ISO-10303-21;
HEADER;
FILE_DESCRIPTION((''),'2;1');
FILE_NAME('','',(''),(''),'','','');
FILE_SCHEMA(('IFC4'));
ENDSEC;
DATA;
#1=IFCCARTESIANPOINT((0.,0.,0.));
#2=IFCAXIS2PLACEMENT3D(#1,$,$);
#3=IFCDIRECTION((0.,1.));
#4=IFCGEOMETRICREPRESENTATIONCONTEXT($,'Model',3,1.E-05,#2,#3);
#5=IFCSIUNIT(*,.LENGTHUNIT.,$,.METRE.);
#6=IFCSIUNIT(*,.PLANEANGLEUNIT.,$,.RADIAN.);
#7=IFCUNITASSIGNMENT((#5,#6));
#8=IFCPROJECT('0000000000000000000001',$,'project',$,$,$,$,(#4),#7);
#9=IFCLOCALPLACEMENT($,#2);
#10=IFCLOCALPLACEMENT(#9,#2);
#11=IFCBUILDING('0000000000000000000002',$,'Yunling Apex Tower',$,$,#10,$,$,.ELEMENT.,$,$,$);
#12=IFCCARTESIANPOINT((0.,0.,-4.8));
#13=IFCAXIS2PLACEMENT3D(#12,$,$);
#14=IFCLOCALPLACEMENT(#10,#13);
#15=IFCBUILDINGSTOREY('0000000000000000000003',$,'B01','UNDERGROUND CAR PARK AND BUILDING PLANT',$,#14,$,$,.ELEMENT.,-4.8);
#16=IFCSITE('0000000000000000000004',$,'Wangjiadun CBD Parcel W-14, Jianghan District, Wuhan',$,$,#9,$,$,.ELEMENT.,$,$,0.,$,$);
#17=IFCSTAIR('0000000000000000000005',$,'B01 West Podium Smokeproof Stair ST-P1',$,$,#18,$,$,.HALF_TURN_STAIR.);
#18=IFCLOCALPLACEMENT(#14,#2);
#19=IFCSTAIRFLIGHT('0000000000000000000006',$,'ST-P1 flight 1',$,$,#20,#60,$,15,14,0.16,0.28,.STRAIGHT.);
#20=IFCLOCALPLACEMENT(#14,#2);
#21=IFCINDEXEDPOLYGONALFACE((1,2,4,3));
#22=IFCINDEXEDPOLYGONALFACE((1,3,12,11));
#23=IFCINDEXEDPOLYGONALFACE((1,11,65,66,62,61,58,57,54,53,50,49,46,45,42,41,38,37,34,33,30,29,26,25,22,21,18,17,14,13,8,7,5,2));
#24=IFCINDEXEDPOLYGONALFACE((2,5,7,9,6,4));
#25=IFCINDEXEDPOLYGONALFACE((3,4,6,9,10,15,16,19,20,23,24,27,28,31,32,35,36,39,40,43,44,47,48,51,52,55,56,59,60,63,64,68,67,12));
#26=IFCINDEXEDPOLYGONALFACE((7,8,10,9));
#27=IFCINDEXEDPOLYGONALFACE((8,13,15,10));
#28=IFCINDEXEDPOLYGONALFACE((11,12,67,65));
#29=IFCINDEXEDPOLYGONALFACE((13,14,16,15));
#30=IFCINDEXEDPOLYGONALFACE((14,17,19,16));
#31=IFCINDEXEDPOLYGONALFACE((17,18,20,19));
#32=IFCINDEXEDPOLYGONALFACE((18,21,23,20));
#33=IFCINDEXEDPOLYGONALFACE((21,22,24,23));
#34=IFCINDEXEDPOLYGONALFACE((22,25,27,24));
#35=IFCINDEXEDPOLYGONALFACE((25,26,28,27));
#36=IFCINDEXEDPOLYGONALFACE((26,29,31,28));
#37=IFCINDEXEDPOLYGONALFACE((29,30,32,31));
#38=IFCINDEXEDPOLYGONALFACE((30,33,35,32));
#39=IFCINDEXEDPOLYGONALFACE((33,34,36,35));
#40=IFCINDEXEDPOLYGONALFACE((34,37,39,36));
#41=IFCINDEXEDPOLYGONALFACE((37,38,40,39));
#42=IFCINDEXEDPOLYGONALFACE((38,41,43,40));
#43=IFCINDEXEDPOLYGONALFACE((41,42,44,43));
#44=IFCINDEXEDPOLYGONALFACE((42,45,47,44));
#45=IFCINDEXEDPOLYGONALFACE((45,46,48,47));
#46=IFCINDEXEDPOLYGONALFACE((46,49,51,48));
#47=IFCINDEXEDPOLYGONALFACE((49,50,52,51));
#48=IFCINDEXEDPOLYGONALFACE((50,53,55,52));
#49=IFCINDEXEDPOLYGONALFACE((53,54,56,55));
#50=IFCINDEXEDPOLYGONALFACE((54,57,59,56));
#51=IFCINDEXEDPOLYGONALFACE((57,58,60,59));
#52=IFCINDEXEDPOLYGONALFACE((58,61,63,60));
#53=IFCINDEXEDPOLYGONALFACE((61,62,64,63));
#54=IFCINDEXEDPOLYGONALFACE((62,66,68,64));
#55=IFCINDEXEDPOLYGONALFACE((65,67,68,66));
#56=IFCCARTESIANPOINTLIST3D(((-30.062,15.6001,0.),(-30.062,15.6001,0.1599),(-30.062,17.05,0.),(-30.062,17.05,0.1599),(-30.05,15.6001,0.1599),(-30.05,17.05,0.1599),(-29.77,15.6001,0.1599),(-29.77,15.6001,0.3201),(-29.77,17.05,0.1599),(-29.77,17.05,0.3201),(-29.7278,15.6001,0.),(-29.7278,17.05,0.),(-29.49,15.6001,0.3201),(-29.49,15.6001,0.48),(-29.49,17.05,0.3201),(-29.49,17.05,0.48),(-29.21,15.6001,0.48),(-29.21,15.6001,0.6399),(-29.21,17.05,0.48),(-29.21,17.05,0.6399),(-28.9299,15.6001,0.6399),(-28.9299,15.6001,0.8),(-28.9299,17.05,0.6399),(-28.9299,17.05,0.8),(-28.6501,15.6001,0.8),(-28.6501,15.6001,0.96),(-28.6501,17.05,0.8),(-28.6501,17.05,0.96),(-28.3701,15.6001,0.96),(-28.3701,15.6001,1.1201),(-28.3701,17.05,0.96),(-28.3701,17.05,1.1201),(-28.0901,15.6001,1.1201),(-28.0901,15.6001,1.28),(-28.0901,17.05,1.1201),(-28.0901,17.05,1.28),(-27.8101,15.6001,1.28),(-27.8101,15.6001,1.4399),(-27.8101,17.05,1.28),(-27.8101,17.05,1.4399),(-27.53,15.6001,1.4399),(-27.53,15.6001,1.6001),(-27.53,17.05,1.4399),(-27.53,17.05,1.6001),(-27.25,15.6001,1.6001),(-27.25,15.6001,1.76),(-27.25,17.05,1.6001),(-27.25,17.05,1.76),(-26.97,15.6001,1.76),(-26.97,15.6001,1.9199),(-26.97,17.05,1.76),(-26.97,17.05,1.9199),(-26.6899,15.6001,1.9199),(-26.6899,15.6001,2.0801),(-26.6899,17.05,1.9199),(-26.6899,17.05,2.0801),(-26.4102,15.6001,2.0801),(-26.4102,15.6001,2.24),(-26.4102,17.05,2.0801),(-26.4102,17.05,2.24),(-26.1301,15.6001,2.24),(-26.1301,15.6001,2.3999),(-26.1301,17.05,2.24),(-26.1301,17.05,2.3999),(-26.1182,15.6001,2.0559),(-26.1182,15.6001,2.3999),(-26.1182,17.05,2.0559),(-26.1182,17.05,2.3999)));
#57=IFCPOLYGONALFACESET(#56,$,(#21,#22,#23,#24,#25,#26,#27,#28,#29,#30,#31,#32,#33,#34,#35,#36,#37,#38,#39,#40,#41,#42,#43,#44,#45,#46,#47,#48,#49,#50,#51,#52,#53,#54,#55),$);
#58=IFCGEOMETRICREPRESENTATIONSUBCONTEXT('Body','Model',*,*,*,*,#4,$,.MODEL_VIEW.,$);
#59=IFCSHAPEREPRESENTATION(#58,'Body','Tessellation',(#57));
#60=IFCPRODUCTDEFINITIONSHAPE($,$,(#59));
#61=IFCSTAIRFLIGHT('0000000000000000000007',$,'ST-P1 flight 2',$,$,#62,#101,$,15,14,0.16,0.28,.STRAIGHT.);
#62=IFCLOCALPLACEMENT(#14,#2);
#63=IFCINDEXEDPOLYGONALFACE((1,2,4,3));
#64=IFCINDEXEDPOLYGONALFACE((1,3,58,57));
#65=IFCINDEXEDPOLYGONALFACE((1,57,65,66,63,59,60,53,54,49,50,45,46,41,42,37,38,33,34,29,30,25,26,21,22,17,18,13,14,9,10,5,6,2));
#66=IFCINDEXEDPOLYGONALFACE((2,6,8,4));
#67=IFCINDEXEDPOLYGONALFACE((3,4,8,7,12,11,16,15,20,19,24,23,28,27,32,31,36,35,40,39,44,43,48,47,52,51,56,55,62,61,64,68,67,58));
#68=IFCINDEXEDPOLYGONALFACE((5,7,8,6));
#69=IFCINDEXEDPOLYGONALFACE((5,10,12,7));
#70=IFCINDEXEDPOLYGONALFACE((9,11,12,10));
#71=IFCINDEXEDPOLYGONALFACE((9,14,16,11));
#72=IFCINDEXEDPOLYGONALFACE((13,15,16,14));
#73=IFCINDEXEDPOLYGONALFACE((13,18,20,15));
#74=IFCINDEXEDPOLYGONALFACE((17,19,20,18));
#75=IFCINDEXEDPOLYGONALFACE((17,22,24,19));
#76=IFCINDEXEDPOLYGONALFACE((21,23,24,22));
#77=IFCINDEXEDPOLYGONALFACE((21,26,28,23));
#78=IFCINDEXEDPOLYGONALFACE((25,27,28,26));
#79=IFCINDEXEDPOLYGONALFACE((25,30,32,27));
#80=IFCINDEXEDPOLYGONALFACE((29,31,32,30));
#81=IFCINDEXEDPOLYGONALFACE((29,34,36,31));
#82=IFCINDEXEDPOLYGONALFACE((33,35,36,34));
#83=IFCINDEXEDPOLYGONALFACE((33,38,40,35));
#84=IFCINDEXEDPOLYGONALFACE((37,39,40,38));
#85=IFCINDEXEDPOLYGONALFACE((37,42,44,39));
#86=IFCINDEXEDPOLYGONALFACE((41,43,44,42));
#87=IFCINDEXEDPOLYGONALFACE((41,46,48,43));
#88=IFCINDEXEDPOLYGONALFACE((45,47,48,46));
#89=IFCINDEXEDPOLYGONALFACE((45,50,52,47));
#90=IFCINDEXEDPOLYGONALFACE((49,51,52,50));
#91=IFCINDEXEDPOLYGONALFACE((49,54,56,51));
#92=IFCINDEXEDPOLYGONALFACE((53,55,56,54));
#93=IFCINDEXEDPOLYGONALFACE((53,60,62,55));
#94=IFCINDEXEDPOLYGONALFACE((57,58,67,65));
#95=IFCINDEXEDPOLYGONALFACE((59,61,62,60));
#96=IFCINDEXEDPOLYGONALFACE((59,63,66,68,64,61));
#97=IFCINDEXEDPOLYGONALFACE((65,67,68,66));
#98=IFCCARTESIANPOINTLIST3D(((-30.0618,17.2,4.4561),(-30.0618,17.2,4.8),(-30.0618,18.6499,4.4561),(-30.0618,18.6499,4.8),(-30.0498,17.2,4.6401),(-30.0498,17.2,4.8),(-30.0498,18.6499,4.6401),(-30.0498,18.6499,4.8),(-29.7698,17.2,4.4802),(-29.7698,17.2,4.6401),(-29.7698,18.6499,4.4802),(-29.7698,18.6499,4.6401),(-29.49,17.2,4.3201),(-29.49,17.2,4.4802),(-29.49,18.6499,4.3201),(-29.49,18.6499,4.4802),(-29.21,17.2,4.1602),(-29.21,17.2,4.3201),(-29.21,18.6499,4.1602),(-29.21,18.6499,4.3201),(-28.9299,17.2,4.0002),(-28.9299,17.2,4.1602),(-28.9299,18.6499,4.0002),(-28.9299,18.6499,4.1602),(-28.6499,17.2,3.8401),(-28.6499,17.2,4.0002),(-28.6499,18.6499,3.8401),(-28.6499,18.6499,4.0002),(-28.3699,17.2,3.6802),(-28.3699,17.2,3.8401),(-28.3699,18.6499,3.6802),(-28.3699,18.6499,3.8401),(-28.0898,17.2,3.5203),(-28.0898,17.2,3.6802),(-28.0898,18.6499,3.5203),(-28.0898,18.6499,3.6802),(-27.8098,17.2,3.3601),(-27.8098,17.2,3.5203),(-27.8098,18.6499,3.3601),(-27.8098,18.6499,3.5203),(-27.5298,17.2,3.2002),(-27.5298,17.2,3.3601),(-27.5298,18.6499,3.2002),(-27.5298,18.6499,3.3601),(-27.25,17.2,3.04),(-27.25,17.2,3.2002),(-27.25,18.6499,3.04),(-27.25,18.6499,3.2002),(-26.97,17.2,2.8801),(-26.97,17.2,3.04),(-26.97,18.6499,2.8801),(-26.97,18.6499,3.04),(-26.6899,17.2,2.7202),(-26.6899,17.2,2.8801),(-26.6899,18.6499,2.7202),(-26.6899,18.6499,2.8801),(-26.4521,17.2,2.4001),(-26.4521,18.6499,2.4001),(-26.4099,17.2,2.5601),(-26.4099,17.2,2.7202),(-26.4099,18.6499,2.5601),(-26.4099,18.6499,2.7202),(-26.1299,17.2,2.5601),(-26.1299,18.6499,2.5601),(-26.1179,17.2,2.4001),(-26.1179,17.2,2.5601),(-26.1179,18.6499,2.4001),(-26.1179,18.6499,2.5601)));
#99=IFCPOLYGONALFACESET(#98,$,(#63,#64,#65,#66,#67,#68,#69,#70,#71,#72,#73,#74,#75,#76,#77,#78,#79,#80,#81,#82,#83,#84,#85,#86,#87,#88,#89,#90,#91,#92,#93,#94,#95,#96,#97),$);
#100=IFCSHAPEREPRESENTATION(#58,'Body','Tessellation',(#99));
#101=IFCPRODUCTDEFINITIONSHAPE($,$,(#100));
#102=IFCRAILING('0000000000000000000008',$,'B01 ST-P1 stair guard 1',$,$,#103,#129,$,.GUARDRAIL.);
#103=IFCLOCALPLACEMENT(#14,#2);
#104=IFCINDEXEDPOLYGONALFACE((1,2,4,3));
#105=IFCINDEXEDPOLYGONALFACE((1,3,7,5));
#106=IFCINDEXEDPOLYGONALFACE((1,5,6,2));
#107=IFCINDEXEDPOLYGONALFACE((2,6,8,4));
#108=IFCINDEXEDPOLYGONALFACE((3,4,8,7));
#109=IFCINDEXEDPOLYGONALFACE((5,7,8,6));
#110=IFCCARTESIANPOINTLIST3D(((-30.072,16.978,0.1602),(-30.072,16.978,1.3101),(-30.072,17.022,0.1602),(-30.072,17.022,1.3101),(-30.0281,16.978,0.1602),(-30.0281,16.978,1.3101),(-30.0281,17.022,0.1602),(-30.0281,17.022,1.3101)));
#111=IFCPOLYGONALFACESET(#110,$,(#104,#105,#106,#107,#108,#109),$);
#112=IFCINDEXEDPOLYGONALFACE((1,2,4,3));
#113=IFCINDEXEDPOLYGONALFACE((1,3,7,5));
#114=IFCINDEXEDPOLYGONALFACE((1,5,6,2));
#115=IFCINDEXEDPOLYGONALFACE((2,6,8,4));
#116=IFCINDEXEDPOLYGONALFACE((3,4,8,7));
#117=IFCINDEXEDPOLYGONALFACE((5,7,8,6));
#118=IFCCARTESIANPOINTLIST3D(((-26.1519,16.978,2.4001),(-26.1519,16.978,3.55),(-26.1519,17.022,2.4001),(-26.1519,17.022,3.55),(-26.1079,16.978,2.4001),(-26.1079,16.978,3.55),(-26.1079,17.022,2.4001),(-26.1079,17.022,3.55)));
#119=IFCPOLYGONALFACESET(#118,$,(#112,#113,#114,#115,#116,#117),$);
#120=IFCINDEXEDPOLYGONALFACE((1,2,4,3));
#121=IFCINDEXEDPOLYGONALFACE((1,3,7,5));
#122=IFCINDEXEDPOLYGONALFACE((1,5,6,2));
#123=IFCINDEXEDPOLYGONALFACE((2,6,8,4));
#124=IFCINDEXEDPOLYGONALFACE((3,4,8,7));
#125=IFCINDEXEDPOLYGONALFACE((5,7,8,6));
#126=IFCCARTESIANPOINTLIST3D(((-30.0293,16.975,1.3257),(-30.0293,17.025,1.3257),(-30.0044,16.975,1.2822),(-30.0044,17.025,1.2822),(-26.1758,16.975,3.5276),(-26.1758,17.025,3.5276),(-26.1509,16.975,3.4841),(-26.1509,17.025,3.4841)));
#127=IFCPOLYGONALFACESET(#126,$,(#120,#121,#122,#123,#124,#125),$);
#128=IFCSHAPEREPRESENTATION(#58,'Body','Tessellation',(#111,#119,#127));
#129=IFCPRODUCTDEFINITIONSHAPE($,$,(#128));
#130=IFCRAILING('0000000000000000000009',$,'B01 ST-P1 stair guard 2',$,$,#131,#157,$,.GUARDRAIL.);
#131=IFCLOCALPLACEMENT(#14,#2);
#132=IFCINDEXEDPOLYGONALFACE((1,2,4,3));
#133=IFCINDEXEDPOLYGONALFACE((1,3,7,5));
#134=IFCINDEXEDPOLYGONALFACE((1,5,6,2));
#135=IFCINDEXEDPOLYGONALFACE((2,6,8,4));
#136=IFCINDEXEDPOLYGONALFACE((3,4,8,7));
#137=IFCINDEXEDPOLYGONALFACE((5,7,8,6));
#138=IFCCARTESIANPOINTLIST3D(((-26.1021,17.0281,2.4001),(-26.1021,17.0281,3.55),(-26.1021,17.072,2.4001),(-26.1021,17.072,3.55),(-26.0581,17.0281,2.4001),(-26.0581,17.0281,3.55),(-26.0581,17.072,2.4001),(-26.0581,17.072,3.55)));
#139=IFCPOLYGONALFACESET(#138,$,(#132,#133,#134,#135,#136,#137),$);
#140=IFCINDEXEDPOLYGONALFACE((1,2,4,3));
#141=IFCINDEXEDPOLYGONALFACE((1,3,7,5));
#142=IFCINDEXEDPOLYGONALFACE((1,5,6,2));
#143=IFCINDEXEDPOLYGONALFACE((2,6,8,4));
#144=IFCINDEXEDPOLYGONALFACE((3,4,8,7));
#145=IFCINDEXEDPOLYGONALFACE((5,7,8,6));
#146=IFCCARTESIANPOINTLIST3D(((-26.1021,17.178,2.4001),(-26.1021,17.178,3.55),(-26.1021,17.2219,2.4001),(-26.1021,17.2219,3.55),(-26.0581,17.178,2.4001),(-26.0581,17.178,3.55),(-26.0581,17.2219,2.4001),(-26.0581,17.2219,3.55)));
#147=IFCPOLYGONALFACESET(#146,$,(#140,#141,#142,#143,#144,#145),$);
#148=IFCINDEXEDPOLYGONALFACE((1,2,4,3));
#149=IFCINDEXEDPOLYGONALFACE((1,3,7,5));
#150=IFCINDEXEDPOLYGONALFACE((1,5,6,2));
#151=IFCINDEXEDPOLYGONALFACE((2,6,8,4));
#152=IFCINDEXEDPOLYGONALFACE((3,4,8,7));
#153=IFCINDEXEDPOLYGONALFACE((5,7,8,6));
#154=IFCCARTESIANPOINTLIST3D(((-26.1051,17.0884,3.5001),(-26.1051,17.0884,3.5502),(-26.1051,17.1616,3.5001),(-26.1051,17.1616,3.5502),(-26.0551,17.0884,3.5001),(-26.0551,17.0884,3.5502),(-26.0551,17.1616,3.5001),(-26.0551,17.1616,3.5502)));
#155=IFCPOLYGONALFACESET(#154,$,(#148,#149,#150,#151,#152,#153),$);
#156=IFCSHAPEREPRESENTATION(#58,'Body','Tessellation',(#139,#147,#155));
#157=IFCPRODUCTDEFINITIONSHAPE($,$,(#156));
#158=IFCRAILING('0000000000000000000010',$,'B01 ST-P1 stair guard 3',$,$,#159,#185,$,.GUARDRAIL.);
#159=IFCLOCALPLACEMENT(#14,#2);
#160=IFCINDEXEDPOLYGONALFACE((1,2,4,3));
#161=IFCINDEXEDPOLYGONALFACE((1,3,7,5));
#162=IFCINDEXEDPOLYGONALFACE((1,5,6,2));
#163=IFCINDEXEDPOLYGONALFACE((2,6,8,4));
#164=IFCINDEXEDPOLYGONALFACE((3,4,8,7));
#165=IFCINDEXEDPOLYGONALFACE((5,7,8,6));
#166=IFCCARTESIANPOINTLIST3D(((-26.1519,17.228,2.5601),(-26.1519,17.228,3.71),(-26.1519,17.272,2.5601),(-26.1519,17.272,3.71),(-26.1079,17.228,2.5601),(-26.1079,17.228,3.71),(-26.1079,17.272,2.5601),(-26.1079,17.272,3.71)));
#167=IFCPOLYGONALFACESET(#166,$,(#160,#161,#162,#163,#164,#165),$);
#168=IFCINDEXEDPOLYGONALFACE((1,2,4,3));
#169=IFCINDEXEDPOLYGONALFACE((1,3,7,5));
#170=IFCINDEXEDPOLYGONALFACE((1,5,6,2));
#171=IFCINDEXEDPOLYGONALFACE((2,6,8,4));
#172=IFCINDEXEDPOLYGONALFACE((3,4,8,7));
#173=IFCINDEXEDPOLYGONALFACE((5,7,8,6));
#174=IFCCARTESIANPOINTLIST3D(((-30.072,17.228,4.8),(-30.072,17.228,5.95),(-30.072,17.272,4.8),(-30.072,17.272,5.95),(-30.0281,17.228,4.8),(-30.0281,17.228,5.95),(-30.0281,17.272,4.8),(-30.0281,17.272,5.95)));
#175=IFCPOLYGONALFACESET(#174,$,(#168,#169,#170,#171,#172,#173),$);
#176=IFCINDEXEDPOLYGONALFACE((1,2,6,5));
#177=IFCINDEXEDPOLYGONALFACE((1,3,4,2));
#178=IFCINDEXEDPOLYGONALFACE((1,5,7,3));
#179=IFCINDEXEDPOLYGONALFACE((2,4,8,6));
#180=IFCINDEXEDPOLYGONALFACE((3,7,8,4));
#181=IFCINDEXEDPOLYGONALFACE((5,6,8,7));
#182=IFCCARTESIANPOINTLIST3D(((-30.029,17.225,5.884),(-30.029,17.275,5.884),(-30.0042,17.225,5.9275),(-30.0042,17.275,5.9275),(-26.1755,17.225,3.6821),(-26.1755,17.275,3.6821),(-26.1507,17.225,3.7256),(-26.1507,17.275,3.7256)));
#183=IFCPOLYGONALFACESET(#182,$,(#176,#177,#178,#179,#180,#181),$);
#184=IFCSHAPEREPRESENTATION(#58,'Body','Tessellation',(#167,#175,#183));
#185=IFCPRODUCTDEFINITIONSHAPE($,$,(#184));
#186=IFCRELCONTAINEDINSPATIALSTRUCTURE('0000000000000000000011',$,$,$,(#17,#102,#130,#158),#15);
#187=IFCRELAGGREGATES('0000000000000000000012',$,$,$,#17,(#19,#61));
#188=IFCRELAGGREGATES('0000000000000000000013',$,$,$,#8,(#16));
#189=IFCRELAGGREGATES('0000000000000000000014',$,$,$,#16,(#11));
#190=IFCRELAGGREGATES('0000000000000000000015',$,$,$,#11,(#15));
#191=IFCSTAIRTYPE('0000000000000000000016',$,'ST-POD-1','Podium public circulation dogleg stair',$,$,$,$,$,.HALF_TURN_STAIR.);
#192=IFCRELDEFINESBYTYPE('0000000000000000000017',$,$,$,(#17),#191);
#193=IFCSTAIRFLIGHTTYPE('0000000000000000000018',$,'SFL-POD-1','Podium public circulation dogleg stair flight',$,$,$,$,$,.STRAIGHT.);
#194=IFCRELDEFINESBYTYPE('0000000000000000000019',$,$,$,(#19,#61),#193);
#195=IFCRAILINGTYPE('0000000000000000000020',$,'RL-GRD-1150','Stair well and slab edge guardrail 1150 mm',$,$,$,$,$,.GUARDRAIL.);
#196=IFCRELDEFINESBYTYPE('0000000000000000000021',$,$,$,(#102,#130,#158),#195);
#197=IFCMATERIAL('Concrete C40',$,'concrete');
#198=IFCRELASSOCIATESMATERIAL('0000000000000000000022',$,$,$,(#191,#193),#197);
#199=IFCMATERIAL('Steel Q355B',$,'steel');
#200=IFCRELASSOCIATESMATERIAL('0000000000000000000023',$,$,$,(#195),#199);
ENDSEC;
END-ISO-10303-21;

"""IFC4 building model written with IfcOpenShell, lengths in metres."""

from ifc_helpers import new_model, si_unit, direction, frame, origin, origin_2d, place, context, subcontext, project, spatial, polyline, rectangle, outline, extrude, material, type_object, element, aggregate, save


model = new_model("IFC4")

# Units and contexts
model_context = context("Model", 3, precision=1e-05, world=origin(), true_north=direction((0.0, 1.0)))
body_context = subcontext(model_context, "Body", "Model", "MODEL_VIEW")
ifc_project = project(units=[si_unit("LENGTHUNIT", "METRE"), si_unit("PLANEANGLEUNIT", "RADIAN")], contexts=[model_context])

# Site, building, storey
site_placement = place(None, origin())
site = spatial("IfcSite", under=ifc_project, at=site_placement, Name="Wangjiadun CBD Parcel W-14, Jianghan District, Wuhan", CompositionType="ELEMENT", RefElevation=0.0)
building_placement = place(site_placement, origin())
building = spatial("IfcBuilding", under=site, at=building_placement, Name="Yunling Apex Tower", CompositionType="ELEMENT")
storey_placement = place(building_placement, frame((0.0, 0.0, -4.8)))
storey = spatial("IfcBuildingStorey", under=building, at=storey_placement, Name="B01", Description="UNDERGROUND CAR PARK AND BUILDING PLANT", CompositionType="ELEMENT", Elevation=-4.8)

# Shared definitions
ifc_material_1 = material(Name="Steel Q355B", Category="steel")

# Shared definitions
ifc_material_2 = material(Name="Concrete C40", Category="concrete")

# Stair, stair flights
stair_type = type_object("IfcStairType", Name="ST-POD-1", Description="Podium public circulation dogleg stair", PredefinedType="HALF_TURN_STAIR", material=ifc_material_2)
stair_placement = place(storey_placement, origin())
stair = element("IfcStair", 1, at=stair_placement, inside=storey, type_object=stair_type, Name="B01 West Podium Smokeproof Stair ST-P1", PredefinedType="HALF_TURN_STAIR")
stair_flight_type = type_object("IfcStairFlightType", Name="SFL-POD-1", Description="Podium public circulation dogleg stair flight", PredefinedType="STRAIGHT", material=ifc_material_2)
stair_flight_1_placement = place(storey_placement, frame((-30.05, 16.325, 0.0), z_axis=(0.0, 0.0, 1.0), x_axis=(1.0, 0.0, 0.0)))
stair_flight_1 = element("IfcStairFlight", 2, at=stair_flight_1_placement, type_object=stair_flight_type, Name="ST-P1 flight 1", NumberOfRisers=15, NumberOfTreads=14, PredefinedType="STRAIGHT", RiserHeight=0.16, TreadLength=0.28, context=body_context, shape_type="SweptSolid", body=[
    extrude(outline(polyline([(-0.012, 0.0), (-0.012, 0.1599), (0.0, 0.1599), (0.28, 0.1599), (0.28, 0.3201), (0.5601, 0.3201), (0.5601, 0.48), (0.8401, 0.48), (0.8401, 0.6399), (1.1201, 0.6399), (1.1201, 0.8), (1.3999, 0.8), (1.3999, 0.96), (1.6799, 0.96), (1.6799, 1.1201), (1.96, 1.1201), (1.96, 1.28), (2.24, 1.28), (2.24, 1.4399), (2.52, 1.4399), (2.52, 1.6001), (2.8, 1.6001), (2.8, 1.76), (3.0801, 1.76), (3.0801, 1.9199), (3.3601, 1.9199), (3.3601, 2.0801), (3.6399, 2.0801), (3.6399, 2.24), (3.9199, 2.24), (3.9199, 2.3999), (3.9319, 2.3999), (3.9319, 2.0559), (0.3223, 0.0), (-0.012, 0.0)])), frame((0.0, 0.7251, 0.0), z_axis=(0.0, -1.0, 0.0), x_axis=(1.0, 0.0, 0.0)), (0.0, 0.0, 1.0), 1.45),
])
stair_flight_2_placement = place(storey_placement, frame((-26.1299, 17.925, 2.4001), z_axis=(0.0, 0.0, 1.0), x_axis=(-1.0, 0.0, 0.0)))
stair_flight_2 = element("IfcStairFlight", 3, at=stair_flight_2_placement, type_object=stair_flight_type, Name="ST-P1 flight 2", NumberOfRisers=15, NumberOfTreads=14, PredefinedType="STRAIGHT", RiserHeight=0.16, TreadLength=0.28, context=body_context, shape_type="SweptSolid", body=[
    extrude(outline(polyline([(-0.012, 0.0), (-0.012, 0.1599), (0.0, 0.1599), (0.28, 0.1599), (0.28, 0.3201), (0.5601, 0.3201), (0.5601, 0.48), (0.8401, 0.48), (0.8401, 0.6399), (1.1201, 0.6399), (1.1201, 0.8), (1.3999, 0.8), (1.3999, 0.96), (1.6799, 0.96), (1.6799, 1.1201), (1.96, 1.1201), (1.96, 1.28), (2.24, 1.28), (2.24, 1.4399), (2.52, 1.4399), (2.52, 1.6001), (2.8, 1.6001), (2.8, 1.76), (3.0801, 1.76), (3.0801, 1.9199), (3.3601, 1.9199), (3.3601, 2.0801), (3.6399, 2.0801), (3.6399, 2.24), (3.9199, 2.24), (3.9199, 2.3999), (3.9319, 2.3999), (3.9319, 2.0559), (0.3223, 0.0), (-0.012, 0.0)])), frame((0.0, 0.7251, 0.0), z_axis=(0.0, -1.0, 0.0), x_axis=(1.0, 0.0, 0.0)), (0.0, 0.0, 1.0), 1.45),
])
aggregate(stair, [stair_flight_1, stair_flight_2])

# Railings
railing_type_1 = type_object("IfcRailingType", Name="RL-GRD-1150", Description="Stair well and slab edge guardrail 1150 mm", PredefinedType="GUARDRAIL", material=ifc_material_1)
railing_1_placement = place(storey_placement, frame((-30.05, 17.0, 0.1602)))
element("IfcRailing", 4, at=railing_1_placement, inside=storey, type_object=railing_type_1, Name="B01 ST-P1 stair guard 1", PredefinedType="GUARDRAIL", context=body_context, shape_type="SweptSolid", body=[
    extrude(rectangle(XDim=0.0439, YDim=0.0439, at=origin_2d()), origin(), (0.0, 0.0, 1.0), 1.1499),
    extrude(rectangle(XDim=0.0439, YDim=0.0439, at=origin_2d()), frame((3.9202, 0.0, 2.24)), (0.0, 0.0, 1.0), 1.1499),
    extrude(rectangle(XDim=0.05, YDim=0.05, at=origin_2d()), frame((0.0332, 0.0, 1.1438), z_axis=(0.868253, 0.0, 0.496121), x_axis=(0.0, 1.0, 0.0)), (0.0, 0.0, 1.0), 4.4382),
])
railing_2_placement = place(storey_placement, frame((-26.0801, 17.05, 2.4001)))
element("IfcRailing", 5, at=railing_2_placement, inside=storey, type_object=railing_type_1, Name="B01 ST-P1 stair guard 2", PredefinedType="GUARDRAIL", context=body_context, shape_type="SweptSolid", body=[
    extrude(rectangle(XDim=0.0439, YDim=0.0439, at=origin_2d()), origin(), (0.0, 0.0, 1.0), 1.1499),
    extrude(rectangle(XDim=0.0439, YDim=0.0439, at=origin_2d()), frame((0.0, 0.1499, 0.0)), (0.0, 0.0, 1.0), 1.1499),
    extrude(rectangle(XDim=0.05, YDim=0.05, at=origin_2d()), frame((0.0, 0.0383, 1.125), z_axis=(0.0, 1.0, 0.0), x_axis=(-1.0, 0.0, 0.0)), (0.0, 0.0, 1.0), 0.0732),
])
railing_3_placement = place(storey_placement, frame((-26.1299, 17.25, 2.5601)))
element("IfcRailing", 6, at=railing_3_placement, inside=storey, type_object=railing_type_1, Name="B01 ST-P1 stair guard 3", PredefinedType="GUARDRAIL", context=body_context, shape_type="SweptSolid", body=[
    extrude(rectangle(XDim=0.0439, YDim=0.0439, at=origin_2d()), origin(), (0.0, 0.0, 1.0), 1.1499),
    extrude(rectangle(XDim=0.0439, YDim=0.0439, at=origin_2d()), frame((-3.9202, 0.0, 2.24)), (0.0, 0.0, 1.0), 1.1499),
    extrude(rectangle(XDim=0.05, YDim=0.05, at=origin_2d()), frame((-0.0332, 0.0, 1.1438), z_axis=(-0.868253, 0.0, 0.496121), x_axis=(0.0, -1.0, 0.0)), (0.0, 0.0, 1.0), 4.4382),
])

save(model, "model.ifc")
